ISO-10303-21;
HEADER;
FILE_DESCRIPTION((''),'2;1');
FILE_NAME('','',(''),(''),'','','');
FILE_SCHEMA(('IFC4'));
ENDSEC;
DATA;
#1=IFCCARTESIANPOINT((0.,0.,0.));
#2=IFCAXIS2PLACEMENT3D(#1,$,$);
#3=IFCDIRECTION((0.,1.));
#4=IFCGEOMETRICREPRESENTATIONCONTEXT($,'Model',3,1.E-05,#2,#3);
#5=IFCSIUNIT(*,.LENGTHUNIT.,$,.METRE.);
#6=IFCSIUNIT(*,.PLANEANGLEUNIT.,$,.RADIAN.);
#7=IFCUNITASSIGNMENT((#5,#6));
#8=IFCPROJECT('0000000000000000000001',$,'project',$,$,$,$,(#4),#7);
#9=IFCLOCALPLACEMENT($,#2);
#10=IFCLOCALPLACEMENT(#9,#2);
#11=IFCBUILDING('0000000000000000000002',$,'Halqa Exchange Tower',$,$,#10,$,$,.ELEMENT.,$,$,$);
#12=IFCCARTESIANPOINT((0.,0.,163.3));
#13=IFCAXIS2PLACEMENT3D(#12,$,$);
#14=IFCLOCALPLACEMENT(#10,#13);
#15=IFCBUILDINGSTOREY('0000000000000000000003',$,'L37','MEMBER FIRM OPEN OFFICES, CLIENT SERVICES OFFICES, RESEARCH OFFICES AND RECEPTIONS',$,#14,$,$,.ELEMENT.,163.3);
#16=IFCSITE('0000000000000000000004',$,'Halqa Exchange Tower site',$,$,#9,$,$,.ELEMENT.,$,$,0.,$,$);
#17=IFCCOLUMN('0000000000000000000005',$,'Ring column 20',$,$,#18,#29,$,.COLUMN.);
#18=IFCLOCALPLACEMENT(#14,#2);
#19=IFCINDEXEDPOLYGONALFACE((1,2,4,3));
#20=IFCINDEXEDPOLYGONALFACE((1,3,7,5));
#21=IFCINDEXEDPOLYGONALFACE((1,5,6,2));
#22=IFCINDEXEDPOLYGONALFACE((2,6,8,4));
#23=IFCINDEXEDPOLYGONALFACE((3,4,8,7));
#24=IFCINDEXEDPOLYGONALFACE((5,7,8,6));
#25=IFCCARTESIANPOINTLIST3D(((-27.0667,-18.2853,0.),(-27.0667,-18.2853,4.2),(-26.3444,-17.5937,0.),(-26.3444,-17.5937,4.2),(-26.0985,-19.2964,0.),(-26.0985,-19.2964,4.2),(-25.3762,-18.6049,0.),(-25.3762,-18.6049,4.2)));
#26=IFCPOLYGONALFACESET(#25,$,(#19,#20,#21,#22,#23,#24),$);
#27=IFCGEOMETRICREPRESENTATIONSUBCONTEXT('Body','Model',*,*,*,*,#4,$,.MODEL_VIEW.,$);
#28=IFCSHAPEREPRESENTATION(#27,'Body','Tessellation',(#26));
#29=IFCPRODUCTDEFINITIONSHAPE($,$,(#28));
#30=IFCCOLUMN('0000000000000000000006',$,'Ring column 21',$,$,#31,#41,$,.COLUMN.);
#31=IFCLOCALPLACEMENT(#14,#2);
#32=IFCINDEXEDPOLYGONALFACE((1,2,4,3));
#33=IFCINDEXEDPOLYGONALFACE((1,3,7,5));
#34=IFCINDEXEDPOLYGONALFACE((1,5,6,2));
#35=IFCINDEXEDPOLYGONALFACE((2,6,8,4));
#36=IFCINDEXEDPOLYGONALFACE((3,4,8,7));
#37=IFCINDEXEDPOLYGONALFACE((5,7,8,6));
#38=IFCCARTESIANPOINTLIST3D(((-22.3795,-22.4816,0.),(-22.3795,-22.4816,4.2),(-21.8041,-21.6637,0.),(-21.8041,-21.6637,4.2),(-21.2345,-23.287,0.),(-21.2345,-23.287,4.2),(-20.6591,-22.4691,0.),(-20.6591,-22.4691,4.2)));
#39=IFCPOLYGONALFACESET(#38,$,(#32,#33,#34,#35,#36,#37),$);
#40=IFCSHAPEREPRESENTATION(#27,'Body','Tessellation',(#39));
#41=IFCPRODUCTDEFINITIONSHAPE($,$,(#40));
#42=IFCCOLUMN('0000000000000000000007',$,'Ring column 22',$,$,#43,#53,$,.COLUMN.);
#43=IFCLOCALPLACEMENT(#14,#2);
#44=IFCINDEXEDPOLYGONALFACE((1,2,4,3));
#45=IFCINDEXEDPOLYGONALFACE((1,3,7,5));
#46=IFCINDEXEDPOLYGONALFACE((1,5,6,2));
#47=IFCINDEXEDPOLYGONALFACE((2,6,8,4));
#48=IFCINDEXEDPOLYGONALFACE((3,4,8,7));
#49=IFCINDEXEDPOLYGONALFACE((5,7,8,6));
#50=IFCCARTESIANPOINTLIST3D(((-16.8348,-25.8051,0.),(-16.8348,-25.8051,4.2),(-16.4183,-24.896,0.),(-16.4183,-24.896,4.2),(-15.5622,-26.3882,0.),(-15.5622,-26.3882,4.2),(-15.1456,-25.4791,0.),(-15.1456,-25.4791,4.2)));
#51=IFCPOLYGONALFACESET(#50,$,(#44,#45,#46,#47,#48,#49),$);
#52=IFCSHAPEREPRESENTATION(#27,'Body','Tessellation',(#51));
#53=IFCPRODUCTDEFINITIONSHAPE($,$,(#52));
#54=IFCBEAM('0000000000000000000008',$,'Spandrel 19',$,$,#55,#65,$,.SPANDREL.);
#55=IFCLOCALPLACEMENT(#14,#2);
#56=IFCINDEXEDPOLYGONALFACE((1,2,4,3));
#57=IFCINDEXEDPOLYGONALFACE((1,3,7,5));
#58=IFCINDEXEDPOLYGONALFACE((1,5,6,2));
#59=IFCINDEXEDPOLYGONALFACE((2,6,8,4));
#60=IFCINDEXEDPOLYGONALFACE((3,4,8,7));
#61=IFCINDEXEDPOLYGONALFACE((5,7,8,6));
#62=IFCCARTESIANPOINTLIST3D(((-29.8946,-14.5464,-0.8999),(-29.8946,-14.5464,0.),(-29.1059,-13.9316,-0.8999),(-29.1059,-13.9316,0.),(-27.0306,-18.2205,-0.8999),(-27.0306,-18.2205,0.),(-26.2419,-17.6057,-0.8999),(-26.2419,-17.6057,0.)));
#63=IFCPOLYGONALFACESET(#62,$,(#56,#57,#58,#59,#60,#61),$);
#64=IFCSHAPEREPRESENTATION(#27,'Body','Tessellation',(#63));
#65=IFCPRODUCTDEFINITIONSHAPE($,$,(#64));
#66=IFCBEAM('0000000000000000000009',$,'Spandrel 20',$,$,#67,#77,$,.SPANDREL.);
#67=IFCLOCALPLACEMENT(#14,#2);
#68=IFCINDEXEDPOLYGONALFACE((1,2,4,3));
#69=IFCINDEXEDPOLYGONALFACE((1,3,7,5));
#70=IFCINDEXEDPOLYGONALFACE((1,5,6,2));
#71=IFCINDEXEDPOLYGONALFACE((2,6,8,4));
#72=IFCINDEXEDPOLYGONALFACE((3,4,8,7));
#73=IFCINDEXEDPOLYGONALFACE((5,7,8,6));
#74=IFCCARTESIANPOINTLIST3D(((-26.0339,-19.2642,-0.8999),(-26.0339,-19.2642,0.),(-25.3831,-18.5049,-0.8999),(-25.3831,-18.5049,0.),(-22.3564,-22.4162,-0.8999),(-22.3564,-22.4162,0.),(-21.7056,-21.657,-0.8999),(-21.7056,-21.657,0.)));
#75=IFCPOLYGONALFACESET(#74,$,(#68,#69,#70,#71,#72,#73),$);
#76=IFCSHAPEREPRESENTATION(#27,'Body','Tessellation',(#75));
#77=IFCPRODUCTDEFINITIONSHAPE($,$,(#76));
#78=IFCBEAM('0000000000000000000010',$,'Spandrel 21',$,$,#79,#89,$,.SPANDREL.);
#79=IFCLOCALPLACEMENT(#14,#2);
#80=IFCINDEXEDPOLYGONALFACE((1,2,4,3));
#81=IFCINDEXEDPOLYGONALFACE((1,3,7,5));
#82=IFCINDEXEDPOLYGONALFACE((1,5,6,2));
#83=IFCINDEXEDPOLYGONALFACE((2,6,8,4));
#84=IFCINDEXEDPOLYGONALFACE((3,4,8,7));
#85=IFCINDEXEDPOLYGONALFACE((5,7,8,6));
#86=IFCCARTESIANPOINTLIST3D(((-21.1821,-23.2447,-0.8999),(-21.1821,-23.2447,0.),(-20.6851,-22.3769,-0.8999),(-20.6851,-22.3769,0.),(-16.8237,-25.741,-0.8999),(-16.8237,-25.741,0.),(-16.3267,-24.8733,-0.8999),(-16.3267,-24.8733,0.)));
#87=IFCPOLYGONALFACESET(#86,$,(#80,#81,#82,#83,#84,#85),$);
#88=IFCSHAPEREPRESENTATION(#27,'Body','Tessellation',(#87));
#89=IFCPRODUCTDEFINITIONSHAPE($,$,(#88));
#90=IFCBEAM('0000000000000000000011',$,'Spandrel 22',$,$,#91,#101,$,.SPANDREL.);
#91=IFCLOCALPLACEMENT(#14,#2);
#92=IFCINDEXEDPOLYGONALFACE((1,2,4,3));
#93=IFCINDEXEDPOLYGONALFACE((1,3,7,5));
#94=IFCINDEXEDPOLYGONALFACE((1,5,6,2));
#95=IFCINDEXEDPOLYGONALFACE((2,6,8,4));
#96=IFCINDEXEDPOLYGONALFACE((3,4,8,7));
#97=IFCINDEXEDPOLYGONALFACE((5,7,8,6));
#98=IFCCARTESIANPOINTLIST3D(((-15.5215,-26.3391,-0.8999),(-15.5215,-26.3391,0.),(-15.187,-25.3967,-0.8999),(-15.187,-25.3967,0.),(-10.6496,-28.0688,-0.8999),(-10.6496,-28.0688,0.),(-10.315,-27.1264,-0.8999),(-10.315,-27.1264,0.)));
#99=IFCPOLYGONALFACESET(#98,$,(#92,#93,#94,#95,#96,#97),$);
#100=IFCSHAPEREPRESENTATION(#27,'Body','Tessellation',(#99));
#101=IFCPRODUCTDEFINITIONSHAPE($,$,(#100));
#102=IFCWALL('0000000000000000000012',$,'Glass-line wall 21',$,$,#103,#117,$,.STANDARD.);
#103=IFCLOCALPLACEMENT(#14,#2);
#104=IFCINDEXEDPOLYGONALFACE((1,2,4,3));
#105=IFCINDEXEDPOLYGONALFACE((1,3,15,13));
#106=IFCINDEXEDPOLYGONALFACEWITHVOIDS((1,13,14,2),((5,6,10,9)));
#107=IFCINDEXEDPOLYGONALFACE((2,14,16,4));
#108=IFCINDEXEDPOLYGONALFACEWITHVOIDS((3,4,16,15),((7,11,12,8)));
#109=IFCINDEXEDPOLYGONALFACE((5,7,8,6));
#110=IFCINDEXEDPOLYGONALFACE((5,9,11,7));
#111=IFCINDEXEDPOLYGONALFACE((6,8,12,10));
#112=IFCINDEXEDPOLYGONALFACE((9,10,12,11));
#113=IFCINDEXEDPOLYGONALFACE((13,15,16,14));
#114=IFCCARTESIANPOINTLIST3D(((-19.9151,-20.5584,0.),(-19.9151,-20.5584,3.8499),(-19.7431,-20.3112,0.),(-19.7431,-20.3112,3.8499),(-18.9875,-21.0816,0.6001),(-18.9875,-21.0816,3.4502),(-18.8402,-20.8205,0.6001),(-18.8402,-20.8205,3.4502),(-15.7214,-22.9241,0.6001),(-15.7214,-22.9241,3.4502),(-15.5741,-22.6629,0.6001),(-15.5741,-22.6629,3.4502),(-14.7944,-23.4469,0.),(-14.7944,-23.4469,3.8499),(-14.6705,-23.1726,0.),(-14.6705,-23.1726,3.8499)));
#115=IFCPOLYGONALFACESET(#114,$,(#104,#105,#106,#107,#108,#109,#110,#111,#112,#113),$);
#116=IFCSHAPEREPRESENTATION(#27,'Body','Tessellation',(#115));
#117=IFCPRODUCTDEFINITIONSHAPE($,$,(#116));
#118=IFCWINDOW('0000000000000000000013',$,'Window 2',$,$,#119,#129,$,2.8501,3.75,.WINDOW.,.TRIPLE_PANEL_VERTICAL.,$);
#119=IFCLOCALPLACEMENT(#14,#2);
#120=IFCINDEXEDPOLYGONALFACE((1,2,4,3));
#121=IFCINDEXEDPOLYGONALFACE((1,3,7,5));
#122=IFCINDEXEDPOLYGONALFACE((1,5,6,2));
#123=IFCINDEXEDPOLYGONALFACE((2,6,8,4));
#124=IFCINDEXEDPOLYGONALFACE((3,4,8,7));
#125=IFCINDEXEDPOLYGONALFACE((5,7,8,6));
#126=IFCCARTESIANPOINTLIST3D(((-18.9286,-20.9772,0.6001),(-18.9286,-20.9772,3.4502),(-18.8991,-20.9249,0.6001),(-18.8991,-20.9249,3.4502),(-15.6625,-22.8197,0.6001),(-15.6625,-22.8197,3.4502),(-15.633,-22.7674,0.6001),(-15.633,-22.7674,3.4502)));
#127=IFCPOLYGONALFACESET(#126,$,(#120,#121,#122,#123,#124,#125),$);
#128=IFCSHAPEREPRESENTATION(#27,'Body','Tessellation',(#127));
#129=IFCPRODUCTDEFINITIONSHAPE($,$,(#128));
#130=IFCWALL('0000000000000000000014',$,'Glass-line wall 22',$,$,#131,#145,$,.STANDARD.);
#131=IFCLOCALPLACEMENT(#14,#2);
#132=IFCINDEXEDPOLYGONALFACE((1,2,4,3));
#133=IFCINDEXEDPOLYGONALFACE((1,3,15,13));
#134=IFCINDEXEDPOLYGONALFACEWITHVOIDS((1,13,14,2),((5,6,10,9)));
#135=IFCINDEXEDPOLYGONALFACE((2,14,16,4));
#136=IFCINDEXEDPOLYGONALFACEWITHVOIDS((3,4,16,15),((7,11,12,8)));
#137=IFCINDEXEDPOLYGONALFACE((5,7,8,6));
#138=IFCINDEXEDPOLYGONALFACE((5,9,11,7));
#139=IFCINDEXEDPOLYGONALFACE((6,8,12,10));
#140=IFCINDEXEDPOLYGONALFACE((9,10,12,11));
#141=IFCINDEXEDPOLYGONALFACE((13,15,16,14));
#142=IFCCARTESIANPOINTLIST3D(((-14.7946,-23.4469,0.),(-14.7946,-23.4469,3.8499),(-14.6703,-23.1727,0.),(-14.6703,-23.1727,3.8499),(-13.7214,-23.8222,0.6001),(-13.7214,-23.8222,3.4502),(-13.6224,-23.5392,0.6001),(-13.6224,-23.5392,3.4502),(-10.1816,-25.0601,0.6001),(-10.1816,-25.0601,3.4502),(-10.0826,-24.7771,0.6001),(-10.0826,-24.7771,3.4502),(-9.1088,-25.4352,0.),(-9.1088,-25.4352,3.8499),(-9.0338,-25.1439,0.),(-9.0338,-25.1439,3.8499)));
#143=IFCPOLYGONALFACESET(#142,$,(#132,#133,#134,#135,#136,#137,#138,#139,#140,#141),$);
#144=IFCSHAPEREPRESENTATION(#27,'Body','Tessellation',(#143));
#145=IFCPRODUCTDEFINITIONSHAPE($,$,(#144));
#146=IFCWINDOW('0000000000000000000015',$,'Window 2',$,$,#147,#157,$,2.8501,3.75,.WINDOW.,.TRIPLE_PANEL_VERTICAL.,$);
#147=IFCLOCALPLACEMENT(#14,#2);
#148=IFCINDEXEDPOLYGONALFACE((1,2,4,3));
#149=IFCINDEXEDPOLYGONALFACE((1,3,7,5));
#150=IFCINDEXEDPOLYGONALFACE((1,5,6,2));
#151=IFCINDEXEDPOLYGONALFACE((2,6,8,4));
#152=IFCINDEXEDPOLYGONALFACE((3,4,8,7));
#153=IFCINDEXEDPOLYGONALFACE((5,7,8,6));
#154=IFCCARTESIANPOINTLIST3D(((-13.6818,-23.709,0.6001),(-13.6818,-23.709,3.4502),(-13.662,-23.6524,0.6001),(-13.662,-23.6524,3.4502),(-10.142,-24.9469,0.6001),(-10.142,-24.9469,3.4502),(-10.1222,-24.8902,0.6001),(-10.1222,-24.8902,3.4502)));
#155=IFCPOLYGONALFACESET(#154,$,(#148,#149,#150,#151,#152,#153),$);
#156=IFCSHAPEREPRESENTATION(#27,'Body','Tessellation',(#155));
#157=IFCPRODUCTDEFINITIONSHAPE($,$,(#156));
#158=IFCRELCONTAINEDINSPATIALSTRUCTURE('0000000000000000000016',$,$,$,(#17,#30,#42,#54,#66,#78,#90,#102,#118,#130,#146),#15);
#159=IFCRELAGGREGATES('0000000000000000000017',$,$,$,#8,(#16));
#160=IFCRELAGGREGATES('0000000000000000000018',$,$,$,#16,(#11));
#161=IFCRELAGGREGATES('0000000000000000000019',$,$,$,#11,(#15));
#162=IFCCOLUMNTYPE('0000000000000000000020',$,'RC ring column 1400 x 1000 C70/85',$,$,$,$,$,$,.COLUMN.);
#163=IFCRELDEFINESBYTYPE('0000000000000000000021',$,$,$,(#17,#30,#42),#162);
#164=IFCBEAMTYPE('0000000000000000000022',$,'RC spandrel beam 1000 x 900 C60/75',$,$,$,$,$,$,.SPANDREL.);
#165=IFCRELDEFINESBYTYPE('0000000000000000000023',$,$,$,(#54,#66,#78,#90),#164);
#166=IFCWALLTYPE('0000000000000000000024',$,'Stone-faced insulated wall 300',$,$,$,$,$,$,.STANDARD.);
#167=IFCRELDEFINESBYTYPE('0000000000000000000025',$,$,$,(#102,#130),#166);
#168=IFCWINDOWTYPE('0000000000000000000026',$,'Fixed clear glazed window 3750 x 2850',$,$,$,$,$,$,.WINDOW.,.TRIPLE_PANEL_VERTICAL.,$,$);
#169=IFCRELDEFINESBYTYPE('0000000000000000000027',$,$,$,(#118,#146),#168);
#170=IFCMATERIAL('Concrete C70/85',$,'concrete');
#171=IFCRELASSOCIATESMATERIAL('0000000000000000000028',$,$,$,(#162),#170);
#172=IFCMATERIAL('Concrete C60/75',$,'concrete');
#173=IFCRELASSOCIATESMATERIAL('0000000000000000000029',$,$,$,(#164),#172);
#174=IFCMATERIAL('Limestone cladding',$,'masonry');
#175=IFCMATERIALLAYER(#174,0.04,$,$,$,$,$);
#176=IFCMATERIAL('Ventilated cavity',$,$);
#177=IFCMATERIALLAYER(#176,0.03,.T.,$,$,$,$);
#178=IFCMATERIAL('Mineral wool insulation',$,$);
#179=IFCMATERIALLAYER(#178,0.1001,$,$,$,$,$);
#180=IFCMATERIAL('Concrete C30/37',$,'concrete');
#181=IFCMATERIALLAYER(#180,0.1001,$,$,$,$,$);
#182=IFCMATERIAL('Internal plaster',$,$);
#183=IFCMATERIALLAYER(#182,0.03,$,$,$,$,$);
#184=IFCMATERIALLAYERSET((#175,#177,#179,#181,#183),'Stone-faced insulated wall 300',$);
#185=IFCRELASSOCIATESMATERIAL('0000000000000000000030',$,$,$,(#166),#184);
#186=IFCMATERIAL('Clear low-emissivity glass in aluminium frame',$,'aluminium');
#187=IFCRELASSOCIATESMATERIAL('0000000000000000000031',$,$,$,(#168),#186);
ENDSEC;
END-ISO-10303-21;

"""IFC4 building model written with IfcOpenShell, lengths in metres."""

from ifc_helpers import new_model, si_unit, direction, frame, frame_2d, origin, origin_2d, place, context, subcontext, project, spatial, polyline, rectangle, outline, extrude, material, layer, layer_set, material_profile, profile_set, type_object, element, fill, save


model = new_model("IFC4")

# Units and contexts
model_context = context("Model", 3, precision=1e-05, world=origin(), true_north=direction((0.0, 1.0)))
body_context = subcontext(model_context, "Body", "Model", "MODEL_VIEW")
ifc_project = project(units=[si_unit("LENGTHUNIT", "METRE"), si_unit("PLANEANGLEUNIT", "RADIAN")], contexts=[model_context])

# Site, building, storey
site_placement = place(None, origin())
site = spatial("IfcSite", under=ifc_project, at=site_placement, Name="Halqa Exchange Tower site", CompositionType="ELEMENT", RefElevation=0.0)
building_placement = place(site_placement, origin())
building = spatial("IfcBuilding", under=site, at=building_placement, Name="Halqa Exchange Tower", CompositionType="ELEMENT")
storey_placement = place(building_placement, frame((0.0, 0.0, 163.3)))
storey = spatial("IfcBuildingStorey", under=building, at=storey_placement, Name="L37", Description="MEMBER FIRM OPEN OFFICES, CLIENT SERVICES OFFICES, RESEARCH OFFICES AND RECEPTIONS", CompositionType="ELEMENT", Elevation=163.3)

# Columns
ifc_material_1 = material(Name="Concrete C70/85", Category="concrete")
ifc_material_profile_1 = material_profile(ifc_material_1, rectangle(XDim=1.3999, YDim=1.0, at=origin_2d()), Name="1400 x 1000")
ifc_profile_set_1 = profile_set([ifc_material_profile_1], Name="Concrete C70/85")
column_type = type_object("IfcColumnType", Name="RC ring column 1400 x 1000 C70/85", PredefinedType="COLUMN", material=ifc_profile_set_1)
for number, where, z_axis, x_axis, name in (
    (1, (-26.2214, -18.4451, 0.0), (0.0, 0.0, 1.0), (0.691579, -0.722301, 0.0), "Ring column 20"),
    (2, (-21.5193, -22.4753, 0.0), (0.0, 0.0, 1.0), (0.817911, -0.575345, 0.0), "Ring column 21"),
    (3, (-15.9902, -25.6421, 0.0), (0.0, 0.0, 1.0), (0.909126, -0.41652, 0.0), "Ring column 22"),
):
    element("IfcColumn", number, at=place(storey_placement, frame(where, z_axis=z_axis, x_axis=x_axis)), inside=storey, type_object=column_type, Name=name, PredefinedType="COLUMN", context=body_context, shape_type="SweptSolid", body=[
        extrude(rectangle(XDim=1.3999, YDim=1.0, at=origin_2d()), origin(), (0.0, 0.0, 1.0), 4.2),
    ])

# Beams
ifc_material_2 = material(Name="Concrete C60/75", Category="concrete")
ifc_material_profile_2 = material_profile(ifc_material_2, rectangle(XDim=1.0, YDim=0.8999, at=origin_2d()), Name="1000 x 900")
ifc_profile_set_2 = profile_set([ifc_material_profile_2], Name="Concrete C60/75")
beam_type = type_object("IfcBeamType", Name="RC spandrel beam 1000 x 900 C60/75", PredefinedType="SPANDREL", material=ifc_profile_set_2)
beam_1_placement = place(storey_placement, frame((-29.5002, -14.239, -0.45), z_axis=(0.614797, -0.788686, 0.0), x_axis=(0.788686, 0.614797, 0.0)))
element("IfcBeam", 4, at=beam_1_placement, inside=storey, type_object=beam_type, Name="Spandrel 19", PredefinedType="SPANDREL", context=body_context, shape_type="SweptSolid", body=[
    extrude(rectangle(XDim=1.0, YDim=0.8999, at=origin_2d()), origin(), (0.0, 0.0, 1.0), 4.6584),
])
beam_2_placement = place(storey_placement, frame((-25.7085, -18.8845, -0.45), z_axis=(0.75926, -0.650787, 0.0), x_axis=(0.650787, 0.75926, 0.0)))
element("IfcBeam", 5, at=beam_2_placement, inside=storey, type_object=beam_type, Name="Spandrel 20", PredefinedType="SPANDREL", context=body_context, shape_type="SweptSolid", body=[
    extrude(rectangle(XDim=1.0, YDim=0.8999, at=origin_2d()), origin(), (0.0, 0.0, 1.0), 4.8435),
])
beam_3_placement = place(storey_placement, frame((-20.9336, -22.8108, -0.45), z_axis=(0.867743, -0.497013, 0.0), x_axis=(0.497013, 0.867743, 0.0)))
element("IfcBeam", 6, at=beam_3_placement, inside=storey, type_object=beam_type, Name="Spandrel 21", PredefinedType="SPANDREL", context=body_context, shape_type="SweptSolid", body=[
    extrude(rectangle(XDim=1.0, YDim=0.8999, at=origin_2d()), origin(), (0.0, 0.0, 1.0), 5.0227),
])
beam_4_placement = place(storey_placement, frame((-15.3542, -25.8679, -0.45), z_axis=(0.942371, -0.334571, 0.0), x_axis=(0.334571, 0.942371, 0.0)))
element("IfcBeam", 7, at=beam_4_placement, inside=storey, type_object=beam_type, Name="Spandrel 22", PredefinedType="SPANDREL", context=body_context, shape_type="SweptSolid", body=[
    extrude(rectangle(XDim=1.0, YDim=0.8999, at=origin_2d()), origin(), (0.0, 0.0, 1.0), 5.1699),
])

# Shared definitions
ifc_material_3 = material(Name="Limestone cladding", Category="masonry")
ifc_layer_1 = layer(ifc_material_3, 0.04)
ifc_material_4 = material(Name="Ventilated cavity")
ifc_layer_2 = layer(ifc_material_4, 0.03, ventilated=True)
ifc_material_5 = material(Name="Mineral wool insulation")
ifc_layer_3 = layer(ifc_material_5, 0.1001)
ifc_material_6 = material(Name="Concrete C30/37", Category="concrete")
ifc_layer_4 = layer(ifc_material_6, 0.1001)
ifc_material_7 = material(Name="Internal plaster")
ifc_layer_5 = layer(ifc_material_7, 0.03)
ifc_layer_set_1 = layer_set([ifc_layer_1, ifc_layer_2, ifc_layer_3, ifc_layer_4, ifc_layer_5], Name="Stone-faced insulated wall 300")
wall_type_1 = type_object("IfcWallType", Name="Stone-faced insulated wall 300", PredefinedType="STANDARD", material=ifc_layer_set_1)
ifc_material_8 = material(Name="Clear low-emissivity glass in aluminium frame", Category="aluminium")

# Walls, openings, windows
wall_1_placement = place(storey_placement, frame((-19.8291, -20.4348, 0.0), z_axis=(0.0, 0.0, 1.0), x_axis=(0.870982, -0.491315, 0.0)))
wall_1 = element("IfcWall", 8, at=wall_1_placement, inside=storey, type_object=wall_type_1, Name="Glass-line wall 21", PredefinedType="STANDARD", context=body_context, shape_type="SweptSolid", body=[
    extrude(outline(polyline([(-0.0142, -0.1499), (5.865, -0.1499), (5.8381, 0.1499), (0.0142, 0.1499), (-0.0142, -0.1499)])), origin(), (0.0, 0.0, 1.0), 3.8499),
])
opening_1_placement = place(wall_1_placement, frame((1.0508, 0.0, 0.6001)))
opening_1 = element("IfcOpeningElement", 9, at=opening_1_placement, cuts=wall_1, PredefinedType="OPENING", context=body_context, shape_type="SweptSolid", body=[
    extrude(rectangle(XDim=3.75, YDim=2.8501, at=frame_2d((1.875, 1.425))), frame((0.0, 0.1621, 0.0), z_axis=(0.0, -1.0, 0.0), x_axis=(1.0, 0.0, 0.0)), (0.0, 0.0, 1.0), 0.324),
])
window_type = type_object("IfcWindowType", Name="Fixed clear glazed window 3750 x 2850", PartitioningType="TRIPLE_PANEL_VERTICAL", PredefinedType="WINDOW", material=ifc_material_8)
window_1_placement = place(opening_1_placement, origin())
window_1 = element("IfcWindow", 10, at=window_1_placement, inside=storey, type_object=window_type, Name="Window 2", OverallHeight=2.8501, OverallWidth=3.75, PartitioningType="TRIPLE_PANEL_VERTICAL", PredefinedType="WINDOW", context=body_context, shape_type="SweptSolid", body=[
    extrude(rectangle(XDim=3.75, YDim=2.8501, at=frame_2d((1.875, 1.425))), frame((0.0, 0.03, 0.0), z_axis=(0.0, -1.0, 0.0), x_axis=(1.0, 0.0, 0.0)), (0.0, 0.0, 1.0), 0.0601),
])
fill(opening_1, window_1)
wall_2_placement = place(storey_placement, frame((-14.7324, -23.3098, 0.0), z_axis=(0.0, 0.0, 1.0), x_axis=(0.943945, -0.330104, 0.0)))
wall_2 = element("IfcWall", 11, at=wall_2_placement, inside=storey, type_object=wall_type_1, Name="Glass-line wall 22", PredefinedType="STANDARD", context=body_context, shape_type="SweptSolid", body=[
    extrude(outline(polyline([(-0.0134, -0.1499), (6.01, -0.1499), (5.9846, 0.1499), (0.0134, 0.1499), (-0.0134, -0.1499)])), origin(), (0.0, 0.0, 1.0), 3.8499),
])
opening_2_placement = place(wall_2_placement, frame((1.1235, 0.0, 0.6001)))
opening_2 = element("IfcOpeningElement", 12, at=opening_2_placement, cuts=wall_2, PredefinedType="OPENING", context=body_context, shape_type="SweptSolid", body=[
    extrude(rectangle(XDim=3.75, YDim=2.8501, at=frame_2d((1.875, 1.425))), frame((0.0, 0.1621, 0.0), z_axis=(0.0, -1.0, 0.0), x_axis=(1.0, 0.0, 0.0)), (0.0, 0.0, 1.0), 0.324),
])
window_2_placement = place(opening_2_placement, origin())
window_2 = element("IfcWindow", 13, at=window_2_placement, inside=storey, type_object=window_type, Name="Window 2", OverallHeight=2.8501, OverallWidth=3.75, PartitioningType="TRIPLE_PANEL_VERTICAL", PredefinedType="WINDOW", context=body_context, shape_type="SweptSolid", body=[
    extrude(rectangle(XDim=3.75, YDim=2.8501, at=frame_2d((1.875, 1.425))), frame((0.0, 0.03, 0.0), z_axis=(0.0, -1.0, 0.0), x_axis=(1.0, 0.0, 0.0)), (0.0, 0.0, 1.0), 0.0601),
])
fill(opening_2, window_2)

save(model, "model.ifc")
